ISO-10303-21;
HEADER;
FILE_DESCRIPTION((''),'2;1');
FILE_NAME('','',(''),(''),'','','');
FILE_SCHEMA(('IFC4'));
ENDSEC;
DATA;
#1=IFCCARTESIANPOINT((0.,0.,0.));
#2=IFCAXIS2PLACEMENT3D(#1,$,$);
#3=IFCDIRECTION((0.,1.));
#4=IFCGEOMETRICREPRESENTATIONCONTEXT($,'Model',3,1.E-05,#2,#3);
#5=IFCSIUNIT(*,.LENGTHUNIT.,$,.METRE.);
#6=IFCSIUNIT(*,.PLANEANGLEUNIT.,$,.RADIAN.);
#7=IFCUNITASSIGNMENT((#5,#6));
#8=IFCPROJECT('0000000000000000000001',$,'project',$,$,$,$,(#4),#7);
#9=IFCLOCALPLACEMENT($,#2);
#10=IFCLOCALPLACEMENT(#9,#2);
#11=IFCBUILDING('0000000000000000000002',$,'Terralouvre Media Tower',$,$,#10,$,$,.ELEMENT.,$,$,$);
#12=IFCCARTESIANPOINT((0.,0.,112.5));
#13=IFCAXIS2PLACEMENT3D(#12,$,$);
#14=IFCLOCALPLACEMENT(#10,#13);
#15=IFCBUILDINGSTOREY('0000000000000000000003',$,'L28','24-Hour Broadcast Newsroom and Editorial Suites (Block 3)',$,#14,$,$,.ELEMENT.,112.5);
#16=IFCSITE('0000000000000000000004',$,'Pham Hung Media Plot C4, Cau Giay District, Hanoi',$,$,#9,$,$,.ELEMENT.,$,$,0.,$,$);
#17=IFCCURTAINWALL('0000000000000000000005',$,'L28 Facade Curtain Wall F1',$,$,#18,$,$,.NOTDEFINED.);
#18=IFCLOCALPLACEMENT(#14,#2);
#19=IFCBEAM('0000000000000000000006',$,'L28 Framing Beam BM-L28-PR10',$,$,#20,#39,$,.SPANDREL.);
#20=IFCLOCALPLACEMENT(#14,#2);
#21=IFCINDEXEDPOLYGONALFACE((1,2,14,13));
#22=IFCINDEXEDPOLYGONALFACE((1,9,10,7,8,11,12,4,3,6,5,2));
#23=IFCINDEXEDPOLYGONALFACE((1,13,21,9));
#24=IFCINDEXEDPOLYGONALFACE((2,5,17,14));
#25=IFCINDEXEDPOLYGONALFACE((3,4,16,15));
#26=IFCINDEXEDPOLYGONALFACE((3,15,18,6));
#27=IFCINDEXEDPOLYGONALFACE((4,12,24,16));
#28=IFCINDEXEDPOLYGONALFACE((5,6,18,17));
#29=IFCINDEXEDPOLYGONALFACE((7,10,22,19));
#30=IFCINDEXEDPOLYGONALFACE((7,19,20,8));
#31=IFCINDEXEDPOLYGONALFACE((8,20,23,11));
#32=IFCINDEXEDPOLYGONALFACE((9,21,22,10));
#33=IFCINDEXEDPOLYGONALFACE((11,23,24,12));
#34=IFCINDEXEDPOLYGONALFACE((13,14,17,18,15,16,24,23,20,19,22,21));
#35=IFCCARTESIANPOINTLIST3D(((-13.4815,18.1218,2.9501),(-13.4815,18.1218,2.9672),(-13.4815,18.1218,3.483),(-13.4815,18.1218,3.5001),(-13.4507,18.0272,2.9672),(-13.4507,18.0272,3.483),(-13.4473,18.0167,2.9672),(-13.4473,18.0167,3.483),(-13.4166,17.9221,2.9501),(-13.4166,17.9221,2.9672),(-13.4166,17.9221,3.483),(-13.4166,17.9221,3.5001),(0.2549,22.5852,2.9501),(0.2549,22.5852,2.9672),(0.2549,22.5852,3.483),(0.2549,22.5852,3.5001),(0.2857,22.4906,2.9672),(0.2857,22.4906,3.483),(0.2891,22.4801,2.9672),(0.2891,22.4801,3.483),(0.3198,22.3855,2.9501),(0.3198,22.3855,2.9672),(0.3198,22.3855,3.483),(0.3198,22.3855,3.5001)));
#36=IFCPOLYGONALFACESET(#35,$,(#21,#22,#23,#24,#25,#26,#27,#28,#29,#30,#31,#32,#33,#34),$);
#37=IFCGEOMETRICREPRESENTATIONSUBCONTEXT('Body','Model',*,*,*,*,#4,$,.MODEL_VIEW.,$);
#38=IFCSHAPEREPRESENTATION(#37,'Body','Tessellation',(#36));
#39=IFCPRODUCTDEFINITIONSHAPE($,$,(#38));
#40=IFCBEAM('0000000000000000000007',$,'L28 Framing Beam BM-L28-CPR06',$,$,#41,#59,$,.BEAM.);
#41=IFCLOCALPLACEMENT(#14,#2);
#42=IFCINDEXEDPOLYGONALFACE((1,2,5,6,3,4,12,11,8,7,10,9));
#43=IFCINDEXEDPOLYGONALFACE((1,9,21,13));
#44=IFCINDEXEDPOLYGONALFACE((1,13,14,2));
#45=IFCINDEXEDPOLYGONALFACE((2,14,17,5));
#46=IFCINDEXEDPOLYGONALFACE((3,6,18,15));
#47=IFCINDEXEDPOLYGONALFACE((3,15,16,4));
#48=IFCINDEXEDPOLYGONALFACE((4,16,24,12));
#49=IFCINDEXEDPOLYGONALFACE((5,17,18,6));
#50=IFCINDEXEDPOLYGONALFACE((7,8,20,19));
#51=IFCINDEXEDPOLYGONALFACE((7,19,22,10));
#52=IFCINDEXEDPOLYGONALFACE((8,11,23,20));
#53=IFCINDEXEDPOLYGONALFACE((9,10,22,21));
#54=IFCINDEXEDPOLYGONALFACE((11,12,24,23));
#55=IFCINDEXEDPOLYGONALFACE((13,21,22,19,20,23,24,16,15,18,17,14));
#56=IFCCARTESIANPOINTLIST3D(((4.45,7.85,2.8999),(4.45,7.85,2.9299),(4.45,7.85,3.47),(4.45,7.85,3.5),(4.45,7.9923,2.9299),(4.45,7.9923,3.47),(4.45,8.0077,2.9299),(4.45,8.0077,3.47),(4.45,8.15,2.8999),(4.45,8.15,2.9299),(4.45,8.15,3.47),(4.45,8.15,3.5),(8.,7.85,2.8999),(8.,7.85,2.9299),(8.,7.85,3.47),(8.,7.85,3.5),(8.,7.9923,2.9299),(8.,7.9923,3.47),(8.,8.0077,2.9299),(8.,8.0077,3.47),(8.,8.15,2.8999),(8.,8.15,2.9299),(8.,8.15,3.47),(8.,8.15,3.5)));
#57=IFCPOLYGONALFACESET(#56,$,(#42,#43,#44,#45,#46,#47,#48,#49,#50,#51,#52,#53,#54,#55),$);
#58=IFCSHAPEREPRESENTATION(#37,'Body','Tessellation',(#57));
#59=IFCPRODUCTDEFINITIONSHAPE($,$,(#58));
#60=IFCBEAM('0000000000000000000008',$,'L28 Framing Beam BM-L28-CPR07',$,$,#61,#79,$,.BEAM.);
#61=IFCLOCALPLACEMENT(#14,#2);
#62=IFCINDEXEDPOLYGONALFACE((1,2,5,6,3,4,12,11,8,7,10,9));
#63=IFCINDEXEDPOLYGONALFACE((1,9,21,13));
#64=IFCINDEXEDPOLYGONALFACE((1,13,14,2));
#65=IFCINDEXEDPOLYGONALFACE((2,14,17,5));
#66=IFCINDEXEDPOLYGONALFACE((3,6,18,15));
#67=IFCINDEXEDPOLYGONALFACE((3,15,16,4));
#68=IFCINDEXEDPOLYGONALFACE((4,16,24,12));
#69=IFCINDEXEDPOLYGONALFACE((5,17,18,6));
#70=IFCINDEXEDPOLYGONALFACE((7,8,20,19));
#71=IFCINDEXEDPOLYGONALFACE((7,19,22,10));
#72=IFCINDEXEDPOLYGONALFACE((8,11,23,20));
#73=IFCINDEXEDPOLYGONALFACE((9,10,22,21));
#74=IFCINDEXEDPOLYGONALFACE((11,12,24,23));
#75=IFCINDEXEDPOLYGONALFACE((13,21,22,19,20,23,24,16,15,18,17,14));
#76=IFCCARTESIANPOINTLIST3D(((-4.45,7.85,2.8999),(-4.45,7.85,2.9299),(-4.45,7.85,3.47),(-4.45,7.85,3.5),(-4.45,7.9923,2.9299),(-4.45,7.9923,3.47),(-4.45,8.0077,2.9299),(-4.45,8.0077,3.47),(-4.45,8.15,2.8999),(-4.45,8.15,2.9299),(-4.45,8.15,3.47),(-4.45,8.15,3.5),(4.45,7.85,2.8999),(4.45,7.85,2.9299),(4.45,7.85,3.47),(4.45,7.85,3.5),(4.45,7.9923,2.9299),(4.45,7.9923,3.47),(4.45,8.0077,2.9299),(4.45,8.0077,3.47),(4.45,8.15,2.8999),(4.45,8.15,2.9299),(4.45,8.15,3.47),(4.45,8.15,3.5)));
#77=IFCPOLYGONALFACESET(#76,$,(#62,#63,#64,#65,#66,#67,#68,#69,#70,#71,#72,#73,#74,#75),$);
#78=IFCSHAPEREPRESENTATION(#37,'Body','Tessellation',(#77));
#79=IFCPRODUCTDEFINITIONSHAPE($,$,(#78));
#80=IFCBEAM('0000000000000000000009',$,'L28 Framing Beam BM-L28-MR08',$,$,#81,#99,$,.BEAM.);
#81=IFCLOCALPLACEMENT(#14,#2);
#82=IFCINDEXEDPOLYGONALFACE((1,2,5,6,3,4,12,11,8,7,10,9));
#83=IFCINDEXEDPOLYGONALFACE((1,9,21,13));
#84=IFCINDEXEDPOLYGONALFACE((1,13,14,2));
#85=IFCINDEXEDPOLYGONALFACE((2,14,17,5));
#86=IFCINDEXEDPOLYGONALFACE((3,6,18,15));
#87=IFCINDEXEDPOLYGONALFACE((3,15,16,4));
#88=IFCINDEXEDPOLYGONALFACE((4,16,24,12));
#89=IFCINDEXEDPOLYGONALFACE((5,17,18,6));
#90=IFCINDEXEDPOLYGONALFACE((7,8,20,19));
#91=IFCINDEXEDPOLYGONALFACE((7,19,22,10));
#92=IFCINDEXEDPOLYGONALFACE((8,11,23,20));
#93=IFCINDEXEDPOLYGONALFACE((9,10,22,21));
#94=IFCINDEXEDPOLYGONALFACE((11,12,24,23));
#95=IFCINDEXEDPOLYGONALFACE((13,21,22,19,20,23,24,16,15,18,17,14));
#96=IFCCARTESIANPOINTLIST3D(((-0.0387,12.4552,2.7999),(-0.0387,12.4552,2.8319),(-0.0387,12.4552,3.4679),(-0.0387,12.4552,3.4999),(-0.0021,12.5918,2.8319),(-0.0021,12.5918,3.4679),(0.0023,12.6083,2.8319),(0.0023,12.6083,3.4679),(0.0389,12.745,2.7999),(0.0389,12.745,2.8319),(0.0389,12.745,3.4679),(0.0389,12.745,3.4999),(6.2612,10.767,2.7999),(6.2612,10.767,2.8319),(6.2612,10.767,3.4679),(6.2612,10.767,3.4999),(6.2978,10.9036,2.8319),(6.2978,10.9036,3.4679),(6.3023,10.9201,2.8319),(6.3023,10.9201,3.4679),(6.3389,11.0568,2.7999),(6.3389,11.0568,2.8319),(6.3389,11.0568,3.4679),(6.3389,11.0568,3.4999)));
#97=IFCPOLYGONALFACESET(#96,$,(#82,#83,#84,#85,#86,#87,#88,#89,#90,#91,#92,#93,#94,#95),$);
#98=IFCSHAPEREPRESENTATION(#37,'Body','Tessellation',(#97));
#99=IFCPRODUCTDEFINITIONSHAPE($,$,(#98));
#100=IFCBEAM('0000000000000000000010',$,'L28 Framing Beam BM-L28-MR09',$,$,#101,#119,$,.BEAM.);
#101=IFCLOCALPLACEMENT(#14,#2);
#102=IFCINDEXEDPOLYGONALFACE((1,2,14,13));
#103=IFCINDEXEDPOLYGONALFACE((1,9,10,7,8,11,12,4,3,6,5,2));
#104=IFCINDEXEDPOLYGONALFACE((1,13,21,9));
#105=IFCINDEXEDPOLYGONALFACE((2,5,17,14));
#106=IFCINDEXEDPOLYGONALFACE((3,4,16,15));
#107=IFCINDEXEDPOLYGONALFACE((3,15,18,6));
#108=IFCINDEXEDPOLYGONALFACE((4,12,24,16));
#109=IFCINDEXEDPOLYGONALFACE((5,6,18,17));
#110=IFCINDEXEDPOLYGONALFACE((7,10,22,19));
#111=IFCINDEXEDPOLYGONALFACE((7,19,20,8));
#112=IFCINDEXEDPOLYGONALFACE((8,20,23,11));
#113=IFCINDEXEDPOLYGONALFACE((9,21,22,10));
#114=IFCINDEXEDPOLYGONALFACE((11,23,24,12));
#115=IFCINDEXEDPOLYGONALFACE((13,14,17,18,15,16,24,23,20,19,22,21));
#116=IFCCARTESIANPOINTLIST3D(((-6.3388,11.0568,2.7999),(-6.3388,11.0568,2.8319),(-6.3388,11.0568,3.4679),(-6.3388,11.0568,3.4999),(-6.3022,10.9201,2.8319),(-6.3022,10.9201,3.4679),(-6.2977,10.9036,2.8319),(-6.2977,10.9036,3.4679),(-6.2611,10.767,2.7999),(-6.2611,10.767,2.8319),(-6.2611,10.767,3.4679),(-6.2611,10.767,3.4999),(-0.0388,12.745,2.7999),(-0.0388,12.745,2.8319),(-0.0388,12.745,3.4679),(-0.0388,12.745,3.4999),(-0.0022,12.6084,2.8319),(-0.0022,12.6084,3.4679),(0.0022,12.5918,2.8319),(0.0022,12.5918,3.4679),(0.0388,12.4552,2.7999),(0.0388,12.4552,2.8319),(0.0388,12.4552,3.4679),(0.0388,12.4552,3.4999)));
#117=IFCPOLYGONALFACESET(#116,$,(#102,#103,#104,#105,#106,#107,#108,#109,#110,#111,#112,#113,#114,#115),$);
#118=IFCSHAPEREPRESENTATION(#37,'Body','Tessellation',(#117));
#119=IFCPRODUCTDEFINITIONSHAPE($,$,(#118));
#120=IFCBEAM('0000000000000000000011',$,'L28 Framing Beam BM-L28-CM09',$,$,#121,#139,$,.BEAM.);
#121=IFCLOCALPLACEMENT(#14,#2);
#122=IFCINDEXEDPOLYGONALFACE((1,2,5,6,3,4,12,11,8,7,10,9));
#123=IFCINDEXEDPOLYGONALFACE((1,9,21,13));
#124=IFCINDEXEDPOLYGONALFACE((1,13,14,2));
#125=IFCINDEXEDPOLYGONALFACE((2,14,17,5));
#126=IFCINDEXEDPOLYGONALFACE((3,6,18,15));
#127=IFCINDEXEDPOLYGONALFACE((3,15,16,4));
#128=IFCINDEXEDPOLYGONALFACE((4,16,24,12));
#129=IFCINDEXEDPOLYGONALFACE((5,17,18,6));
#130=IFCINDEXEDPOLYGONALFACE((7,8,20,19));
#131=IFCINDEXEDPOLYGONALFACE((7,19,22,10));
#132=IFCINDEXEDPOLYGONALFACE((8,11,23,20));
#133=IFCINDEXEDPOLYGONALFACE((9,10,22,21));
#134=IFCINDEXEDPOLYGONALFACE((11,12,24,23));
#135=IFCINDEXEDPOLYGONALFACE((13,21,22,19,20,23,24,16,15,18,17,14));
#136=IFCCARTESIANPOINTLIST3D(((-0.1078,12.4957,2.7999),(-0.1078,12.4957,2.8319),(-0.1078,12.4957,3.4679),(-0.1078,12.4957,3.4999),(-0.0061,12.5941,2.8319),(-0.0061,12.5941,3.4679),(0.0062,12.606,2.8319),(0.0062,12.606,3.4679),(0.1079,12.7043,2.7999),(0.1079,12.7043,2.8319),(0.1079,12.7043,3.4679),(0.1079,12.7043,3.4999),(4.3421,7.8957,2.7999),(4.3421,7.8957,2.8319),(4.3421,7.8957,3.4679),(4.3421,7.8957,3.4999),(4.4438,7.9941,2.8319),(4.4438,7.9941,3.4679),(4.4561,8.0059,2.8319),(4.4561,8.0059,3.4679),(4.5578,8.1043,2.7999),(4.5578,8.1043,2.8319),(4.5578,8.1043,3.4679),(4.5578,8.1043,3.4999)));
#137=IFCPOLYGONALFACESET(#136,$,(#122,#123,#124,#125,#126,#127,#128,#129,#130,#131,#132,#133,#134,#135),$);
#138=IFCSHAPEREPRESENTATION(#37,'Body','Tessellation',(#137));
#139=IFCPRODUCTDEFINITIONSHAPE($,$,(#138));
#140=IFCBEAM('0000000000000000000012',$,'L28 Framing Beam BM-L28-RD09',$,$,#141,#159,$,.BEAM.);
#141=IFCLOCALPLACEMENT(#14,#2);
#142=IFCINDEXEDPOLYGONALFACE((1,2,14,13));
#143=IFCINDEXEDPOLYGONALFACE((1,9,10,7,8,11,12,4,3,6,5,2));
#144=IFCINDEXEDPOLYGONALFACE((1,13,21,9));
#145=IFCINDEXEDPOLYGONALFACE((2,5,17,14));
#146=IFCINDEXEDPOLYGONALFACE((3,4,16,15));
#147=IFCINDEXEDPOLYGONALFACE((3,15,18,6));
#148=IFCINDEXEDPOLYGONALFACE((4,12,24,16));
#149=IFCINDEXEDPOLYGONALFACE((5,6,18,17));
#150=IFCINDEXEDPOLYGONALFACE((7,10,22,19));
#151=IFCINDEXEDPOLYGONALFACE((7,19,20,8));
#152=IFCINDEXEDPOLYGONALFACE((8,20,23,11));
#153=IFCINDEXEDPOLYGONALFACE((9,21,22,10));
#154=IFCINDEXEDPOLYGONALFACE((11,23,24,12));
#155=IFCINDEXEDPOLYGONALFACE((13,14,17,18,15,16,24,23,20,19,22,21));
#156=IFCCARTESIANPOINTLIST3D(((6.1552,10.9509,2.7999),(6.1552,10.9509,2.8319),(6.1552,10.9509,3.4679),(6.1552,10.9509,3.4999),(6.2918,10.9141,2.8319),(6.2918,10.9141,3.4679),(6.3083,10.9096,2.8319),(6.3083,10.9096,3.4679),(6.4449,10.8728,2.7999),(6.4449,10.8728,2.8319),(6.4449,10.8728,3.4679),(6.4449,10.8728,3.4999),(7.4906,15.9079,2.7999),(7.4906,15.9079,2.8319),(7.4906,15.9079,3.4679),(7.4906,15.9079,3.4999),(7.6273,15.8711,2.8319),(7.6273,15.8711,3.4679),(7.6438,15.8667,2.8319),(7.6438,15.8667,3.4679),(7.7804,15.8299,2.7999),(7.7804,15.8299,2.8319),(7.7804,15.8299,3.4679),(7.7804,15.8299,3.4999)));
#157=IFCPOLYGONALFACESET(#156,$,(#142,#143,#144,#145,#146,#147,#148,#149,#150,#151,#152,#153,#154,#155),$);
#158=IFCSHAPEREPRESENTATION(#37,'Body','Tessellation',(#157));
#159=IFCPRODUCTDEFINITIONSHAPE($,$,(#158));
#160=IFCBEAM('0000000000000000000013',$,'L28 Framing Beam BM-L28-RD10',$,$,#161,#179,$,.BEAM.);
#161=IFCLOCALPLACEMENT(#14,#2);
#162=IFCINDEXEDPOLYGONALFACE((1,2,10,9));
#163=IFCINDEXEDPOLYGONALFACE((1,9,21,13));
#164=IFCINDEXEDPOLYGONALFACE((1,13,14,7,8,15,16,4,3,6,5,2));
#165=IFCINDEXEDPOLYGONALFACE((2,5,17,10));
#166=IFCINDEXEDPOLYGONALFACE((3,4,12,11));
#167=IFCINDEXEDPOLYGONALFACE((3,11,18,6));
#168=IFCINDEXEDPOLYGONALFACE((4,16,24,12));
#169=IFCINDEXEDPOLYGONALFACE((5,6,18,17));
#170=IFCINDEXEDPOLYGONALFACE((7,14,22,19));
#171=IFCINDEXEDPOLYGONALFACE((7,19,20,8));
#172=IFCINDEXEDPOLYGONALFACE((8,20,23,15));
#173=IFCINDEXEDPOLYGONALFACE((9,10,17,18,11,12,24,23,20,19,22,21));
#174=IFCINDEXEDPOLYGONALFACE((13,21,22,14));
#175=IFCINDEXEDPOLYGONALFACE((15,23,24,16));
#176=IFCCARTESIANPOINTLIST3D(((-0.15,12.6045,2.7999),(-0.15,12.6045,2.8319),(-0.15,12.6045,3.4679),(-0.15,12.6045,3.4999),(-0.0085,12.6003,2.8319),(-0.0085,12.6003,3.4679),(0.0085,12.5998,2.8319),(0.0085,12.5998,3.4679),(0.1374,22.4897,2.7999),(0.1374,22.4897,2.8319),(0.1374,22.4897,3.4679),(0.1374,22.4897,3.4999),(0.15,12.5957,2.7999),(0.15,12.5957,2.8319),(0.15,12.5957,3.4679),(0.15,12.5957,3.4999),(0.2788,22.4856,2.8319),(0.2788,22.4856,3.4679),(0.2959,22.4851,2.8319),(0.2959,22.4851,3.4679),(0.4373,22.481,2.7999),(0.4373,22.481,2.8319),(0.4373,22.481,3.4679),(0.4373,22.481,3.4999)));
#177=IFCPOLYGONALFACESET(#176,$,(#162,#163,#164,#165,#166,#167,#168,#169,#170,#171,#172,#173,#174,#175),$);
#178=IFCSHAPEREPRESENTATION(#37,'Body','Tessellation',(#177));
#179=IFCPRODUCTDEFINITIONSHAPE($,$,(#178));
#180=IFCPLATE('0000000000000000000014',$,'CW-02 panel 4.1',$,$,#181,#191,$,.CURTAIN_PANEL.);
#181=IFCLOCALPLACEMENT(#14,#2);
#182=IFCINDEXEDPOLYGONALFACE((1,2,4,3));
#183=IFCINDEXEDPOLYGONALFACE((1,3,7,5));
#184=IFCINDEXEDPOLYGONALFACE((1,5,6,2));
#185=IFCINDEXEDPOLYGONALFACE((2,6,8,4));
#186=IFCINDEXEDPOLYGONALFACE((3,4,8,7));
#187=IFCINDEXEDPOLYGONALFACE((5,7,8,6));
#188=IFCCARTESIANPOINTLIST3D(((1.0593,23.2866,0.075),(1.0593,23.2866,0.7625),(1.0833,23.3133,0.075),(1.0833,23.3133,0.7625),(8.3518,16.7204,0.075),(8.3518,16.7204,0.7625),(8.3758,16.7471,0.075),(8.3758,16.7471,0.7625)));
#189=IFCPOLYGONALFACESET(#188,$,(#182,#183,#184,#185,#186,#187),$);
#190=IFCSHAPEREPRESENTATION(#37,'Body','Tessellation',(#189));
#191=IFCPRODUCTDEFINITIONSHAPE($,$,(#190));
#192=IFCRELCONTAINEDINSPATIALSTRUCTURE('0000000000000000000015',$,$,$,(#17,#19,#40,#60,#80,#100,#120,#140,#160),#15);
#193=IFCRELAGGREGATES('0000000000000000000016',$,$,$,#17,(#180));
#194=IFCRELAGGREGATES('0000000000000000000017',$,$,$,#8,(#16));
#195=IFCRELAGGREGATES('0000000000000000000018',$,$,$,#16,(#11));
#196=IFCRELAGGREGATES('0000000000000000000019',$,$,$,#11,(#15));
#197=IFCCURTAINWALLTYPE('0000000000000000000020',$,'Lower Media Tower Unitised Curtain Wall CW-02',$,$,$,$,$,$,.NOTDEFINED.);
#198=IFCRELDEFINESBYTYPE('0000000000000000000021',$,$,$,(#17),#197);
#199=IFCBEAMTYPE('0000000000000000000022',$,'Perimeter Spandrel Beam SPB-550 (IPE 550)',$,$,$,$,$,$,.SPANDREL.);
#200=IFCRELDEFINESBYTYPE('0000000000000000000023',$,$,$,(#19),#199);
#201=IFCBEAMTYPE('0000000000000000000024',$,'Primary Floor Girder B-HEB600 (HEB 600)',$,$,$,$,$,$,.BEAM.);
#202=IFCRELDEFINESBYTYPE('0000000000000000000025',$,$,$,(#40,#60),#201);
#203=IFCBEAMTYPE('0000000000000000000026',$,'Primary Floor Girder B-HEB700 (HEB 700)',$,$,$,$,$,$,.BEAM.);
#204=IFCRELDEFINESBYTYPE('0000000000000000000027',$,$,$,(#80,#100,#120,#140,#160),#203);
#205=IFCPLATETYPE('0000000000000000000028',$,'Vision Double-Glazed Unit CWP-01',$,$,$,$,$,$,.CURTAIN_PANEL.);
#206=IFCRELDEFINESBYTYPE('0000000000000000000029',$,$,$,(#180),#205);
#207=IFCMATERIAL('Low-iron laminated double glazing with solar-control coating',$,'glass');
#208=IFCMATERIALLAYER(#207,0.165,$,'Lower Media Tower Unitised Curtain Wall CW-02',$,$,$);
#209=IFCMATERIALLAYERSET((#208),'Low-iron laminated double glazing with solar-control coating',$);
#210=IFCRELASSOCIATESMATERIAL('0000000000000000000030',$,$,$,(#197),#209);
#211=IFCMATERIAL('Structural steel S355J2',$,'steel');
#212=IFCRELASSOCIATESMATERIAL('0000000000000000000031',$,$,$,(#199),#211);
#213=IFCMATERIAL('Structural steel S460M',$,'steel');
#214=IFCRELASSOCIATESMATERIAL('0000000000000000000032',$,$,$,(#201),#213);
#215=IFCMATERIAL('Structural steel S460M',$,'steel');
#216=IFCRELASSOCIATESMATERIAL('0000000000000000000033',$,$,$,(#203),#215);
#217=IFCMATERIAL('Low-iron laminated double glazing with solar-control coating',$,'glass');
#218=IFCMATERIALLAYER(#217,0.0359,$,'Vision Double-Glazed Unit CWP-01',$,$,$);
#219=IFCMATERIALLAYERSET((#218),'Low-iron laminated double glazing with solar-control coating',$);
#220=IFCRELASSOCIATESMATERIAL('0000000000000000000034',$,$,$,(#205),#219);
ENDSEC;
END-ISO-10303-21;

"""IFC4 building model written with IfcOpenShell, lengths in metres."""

from ifc_helpers import new_model, si_unit, direction, frame, origin, origin_2d, place, context, subcontext, project, spatial, rectangle, i_section, extrude, material, layer, layer_set, material_profile, profile_set, type_object, element, aggregate, save


model = new_model("IFC4")

# Units and contexts
model_context = context("Model", 3, precision=1e-05, world=origin(), true_north=direction((0.0, 1.0)))
body_context = subcontext(model_context, "Body", "Model", "MODEL_VIEW")
ifc_project = project(units=[si_unit("LENGTHUNIT", "METRE"), si_unit("PLANEANGLEUNIT", "RADIAN")], contexts=[model_context])

# Site, building, storey
site_placement = place(None, origin())
site = spatial("IfcSite", under=ifc_project, at=site_placement, Name="Pham Hung Media Plot C4, Cau Giay District, Hanoi", CompositionType="ELEMENT", RefElevation=0.0)
building_placement = place(site_placement, origin())
building = spatial("IfcBuilding", under=site, at=building_placement, Name="Terralouvre Media Tower", CompositionType="ELEMENT")
storey_placement = place(building_placement, frame((0.0, 0.0, 112.5)))
storey = spatial("IfcBuildingStorey", under=building, at=storey_placement, Name="L28", Description="24-Hour Broadcast Newsroom and Editorial Suites (Block 3)", CompositionType="ELEMENT", Elevation=112.5)

# Curtain wall
ifc_material_1 = material(Name="Low-iron laminated double glazing with solar-control coating", Category="glass")
ifc_layer_1 = layer(ifc_material_1, 0.165, Name="Lower Media Tower Unitised Curtain Wall CW-02")
ifc_layer_set_1 = layer_set([ifc_layer_1], Name="Low-iron laminated double glazing with solar-control coating")
curtain_wall_type = type_object("IfcCurtainWallType", Name="Lower Media Tower Unitised Curtain Wall CW-02", PredefinedType="NOTDEFINED", material=ifc_layer_set_1)
curtain_wall_placement = place(storey_placement, origin())
curtain_wall = element("IfcCurtainWall", 1, at=curtain_wall_placement, inside=storey, type_object=curtain_wall_type, Name="L28 Facade Curtain Wall F1", PredefinedType="NOTDEFINED")

# Beams
ifc_material_2 = material(Name="Structural steel S355J2", Category="steel")
ifc_material_profile_1 = material_profile(ifc_material_2, i_section(OverallWidth=0.21, OverallDepth=0.55, WebThickness=0.011, FlangeThickness=0.0171, at=origin_2d()), Name="IPE 550")
ifc_profile_set_1 = profile_set([ifc_material_profile_1], Name="Structural steel S355J2")
beam_type_1 = type_object("IfcBeamType", Name="Perimeter Spandrel Beam SPB-550 (IPE 550)", PredefinedType="SPANDREL", material=ifc_profile_set_1)
beam_1_placement = place(storey_placement, frame((0.2874, 22.4854, 3.2251), z_axis=(-0.951053, -0.309028, 0.0), x_axis=(0.309028, -0.951053, 0.0)))
element("IfcBeam", 2, at=beam_1_placement, inside=storey, type_object=beam_type_1, Name="L28 Framing Beam BM-L28-PR10", PredefinedType="SPANDREL", context=body_context, shape_type="SweptSolid", body=[
    extrude(i_section(OverallWidth=0.21, OverallDepth=0.55, WebThickness=0.011, FlangeThickness=0.0171, at=origin_2d()), origin(), (0.0, 0.0, 1.0), 14.4434),
])
ifc_material_3 = material(Name="Structural steel S460M", Category="steel")
ifc_material_profile_2 = material_profile(ifc_material_3, i_section(OverallWidth=0.3, OverallDepth=0.6001, WebThickness=0.0154, FlangeThickness=0.03, at=origin_2d()), Name="HEB 600")
ifc_profile_set_2 = profile_set([ifc_material_profile_2], Name="Structural steel S460M")
beam_type_2 = type_object("IfcBeamType", Name="Primary Floor Girder B-HEB600 (HEB 600)", PredefinedType="BEAM", material=ifc_profile_set_2)
beam_2_placement = place(storey_placement, frame((8.0, 8.0, 3.2), z_axis=(-1.0, 0.0, 0.0), x_axis=(0.0, -1.0, 0.0)))
element("IfcBeam", 3, at=beam_2_placement, inside=storey, type_object=beam_type_2, Name="L28 Framing Beam BM-L28-CPR06", PredefinedType="BEAM", context=body_context, shape_type="SweptSolid", body=[
    extrude(i_section(OverallWidth=0.3, OverallDepth=0.6001, WebThickness=0.0154, FlangeThickness=0.03, at=origin_2d()), origin(), (0.0, 0.0, 1.0), 3.55),
])
beam_3_placement = place(storey_placement, frame((4.45, 8.0, 3.2), z_axis=(-1.0, 0.0, 0.0), x_axis=(0.0, -1.0, 0.0)))
element("IfcBeam", 4, at=beam_3_placement, inside=storey, type_object=beam_type_2, Name="L28 Framing Beam BM-L28-CPR07", PredefinedType="BEAM", context=body_context, shape_type="SweptSolid", body=[
    extrude(i_section(OverallWidth=0.3, OverallDepth=0.6001, WebThickness=0.0154, FlangeThickness=0.03, at=origin_2d()), origin(), (0.0, 0.0, 1.0), 8.8999),
])
ifc_material_4 = material(Name="Structural steel S460M", Category="steel")
ifc_material_profile_3 = material_profile(ifc_material_4, i_section(OverallWidth=0.3, OverallDepth=0.7, WebThickness=0.0171, FlangeThickness=0.032, at=origin_2d()), Name="HEB 700")
ifc_profile_set_3 = profile_set([ifc_material_profile_3], Name="Structural steel S460M")
beam_type_3 = type_object("IfcBeamType", Name="Primary Floor Girder B-HEB700 (HEB 700)", PredefinedType="BEAM", material=ifc_profile_set_3)
for number, where, z_axis, x_axis, name in (
    (5, (6.3, 10.9119, 3.1499), (-0.96592, 0.258839, 0.0), (-0.258839, -0.96592, 0.0), "L28 Framing Beam BM-L28-MR08"),
    (6, (0.0, 12.6001, 3.1499), (-0.96592, -0.258839, 0.0), (0.258839, -0.96592, 0.0), "L28 Framing Beam BM-L28-MR09"),
):
    element("IfcBeam", number, at=place(storey_placement, frame(where, z_axis=z_axis, x_axis=x_axis)), inside=storey, type_object=beam_type_3, Name=name, PredefinedType="BEAM", context=body_context, shape_type="SweptSolid", body=[
        extrude(i_section(OverallWidth=0.3, OverallDepth=0.7, WebThickness=0.0171, FlangeThickness=0.032, at=origin_2d()), origin(), (0.0, 0.0, 1.0), 6.5222),
    ])
beam_4_placement = place(storey_placement, frame((4.45, 8.0, 3.1499), z_axis=(-0.69528, 0.718739, 0.0), x_axis=(-0.718739, -0.69528, 0.0)))
element("IfcBeam", 7, at=beam_4_placement, inside=storey, type_object=beam_type_3, Name="L28 Framing Beam BM-L28-CM09", PredefinedType="BEAM", context=body_context, shape_type="SweptSolid", body=[
    extrude(i_section(OverallWidth=0.3, OverallDepth=0.7, WebThickness=0.0171, FlangeThickness=0.032, at=origin_2d()), origin(), (0.0, 0.0, 1.0), 6.4001),
])
beam_5_placement = place(storey_placement, frame((6.3, 10.9119, 3.1499), z_axis=(0.26013, 0.965574, 0.0), x_axis=(-0.965574, 0.26013, 0.0)))
element("IfcBeam", 8, at=beam_5_placement, inside=storey, type_object=beam_type_3, Name="L28 Framing Beam BM-L28-RD09", PredefinedType="BEAM", context=body_context, shape_type="SweptSolid", body=[
    extrude(i_section(OverallWidth=0.3, OverallDepth=0.7, WebThickness=0.0171, FlangeThickness=0.032, at=origin_2d()), origin(), (0.0, 0.0, 1.0), 5.1338),
])
beam_6_placement = place(storey_placement, frame((0.0, 12.6001, 3.1499), z_axis=(0.029057, 0.999578, 0.0), x_axis=(-0.999578, 0.029057, 0.0)))
element("IfcBeam", 9, at=beam_6_placement, inside=storey, type_object=beam_type_3, Name="L28 Framing Beam BM-L28-RD10", PredefinedType="BEAM", context=body_context, shape_type="SweptSolid", body=[
    extrude(i_section(OverallWidth=0.3, OverallDepth=0.7, WebThickness=0.0171, FlangeThickness=0.032, at=origin_2d()), origin(), (0.0, 0.0, 1.0), 9.8894),
])

# Plate
ifc_material_5 = material(Name="Low-iron laminated double glazing with solar-control coating", Category="glass")
ifc_layer_2 = layer(ifc_material_5, 0.0359, Name="Vision Double-Glazed Unit CWP-01")
ifc_layer_set_2 = layer_set([ifc_layer_2], Name="Low-iron laminated double glazing with solar-control coating")
plate_type = type_object("IfcPlateType", Name="Vision Double-Glazed Unit CWP-01", PredefinedType="CURTAIN_PANEL", material=ifc_layer_set_2)
plate_1_placement = place(storey_placement, frame((4.7175, 20.0168, 0.075), z_axis=(0.0, 0.0, 1.0), x_axis=(-0.743145, 0.669131, 0.0)))
plate_1 = element("IfcPlate", 10, at=plate_1_placement, type_object=plate_type, Name="CW-02 panel 4.1", PredefinedType="CURTAIN_PANEL", context=body_context, shape_type="SweptSolid", body=[
    extrude(rectangle(XDim=9.813, YDim=0.0359, at=origin_2d()), origin(), (0.0, 0.0, 1.0), 0.6875),
])
aggregate(curtain_wall, [plate_1])

save(model, "model.ifc")
